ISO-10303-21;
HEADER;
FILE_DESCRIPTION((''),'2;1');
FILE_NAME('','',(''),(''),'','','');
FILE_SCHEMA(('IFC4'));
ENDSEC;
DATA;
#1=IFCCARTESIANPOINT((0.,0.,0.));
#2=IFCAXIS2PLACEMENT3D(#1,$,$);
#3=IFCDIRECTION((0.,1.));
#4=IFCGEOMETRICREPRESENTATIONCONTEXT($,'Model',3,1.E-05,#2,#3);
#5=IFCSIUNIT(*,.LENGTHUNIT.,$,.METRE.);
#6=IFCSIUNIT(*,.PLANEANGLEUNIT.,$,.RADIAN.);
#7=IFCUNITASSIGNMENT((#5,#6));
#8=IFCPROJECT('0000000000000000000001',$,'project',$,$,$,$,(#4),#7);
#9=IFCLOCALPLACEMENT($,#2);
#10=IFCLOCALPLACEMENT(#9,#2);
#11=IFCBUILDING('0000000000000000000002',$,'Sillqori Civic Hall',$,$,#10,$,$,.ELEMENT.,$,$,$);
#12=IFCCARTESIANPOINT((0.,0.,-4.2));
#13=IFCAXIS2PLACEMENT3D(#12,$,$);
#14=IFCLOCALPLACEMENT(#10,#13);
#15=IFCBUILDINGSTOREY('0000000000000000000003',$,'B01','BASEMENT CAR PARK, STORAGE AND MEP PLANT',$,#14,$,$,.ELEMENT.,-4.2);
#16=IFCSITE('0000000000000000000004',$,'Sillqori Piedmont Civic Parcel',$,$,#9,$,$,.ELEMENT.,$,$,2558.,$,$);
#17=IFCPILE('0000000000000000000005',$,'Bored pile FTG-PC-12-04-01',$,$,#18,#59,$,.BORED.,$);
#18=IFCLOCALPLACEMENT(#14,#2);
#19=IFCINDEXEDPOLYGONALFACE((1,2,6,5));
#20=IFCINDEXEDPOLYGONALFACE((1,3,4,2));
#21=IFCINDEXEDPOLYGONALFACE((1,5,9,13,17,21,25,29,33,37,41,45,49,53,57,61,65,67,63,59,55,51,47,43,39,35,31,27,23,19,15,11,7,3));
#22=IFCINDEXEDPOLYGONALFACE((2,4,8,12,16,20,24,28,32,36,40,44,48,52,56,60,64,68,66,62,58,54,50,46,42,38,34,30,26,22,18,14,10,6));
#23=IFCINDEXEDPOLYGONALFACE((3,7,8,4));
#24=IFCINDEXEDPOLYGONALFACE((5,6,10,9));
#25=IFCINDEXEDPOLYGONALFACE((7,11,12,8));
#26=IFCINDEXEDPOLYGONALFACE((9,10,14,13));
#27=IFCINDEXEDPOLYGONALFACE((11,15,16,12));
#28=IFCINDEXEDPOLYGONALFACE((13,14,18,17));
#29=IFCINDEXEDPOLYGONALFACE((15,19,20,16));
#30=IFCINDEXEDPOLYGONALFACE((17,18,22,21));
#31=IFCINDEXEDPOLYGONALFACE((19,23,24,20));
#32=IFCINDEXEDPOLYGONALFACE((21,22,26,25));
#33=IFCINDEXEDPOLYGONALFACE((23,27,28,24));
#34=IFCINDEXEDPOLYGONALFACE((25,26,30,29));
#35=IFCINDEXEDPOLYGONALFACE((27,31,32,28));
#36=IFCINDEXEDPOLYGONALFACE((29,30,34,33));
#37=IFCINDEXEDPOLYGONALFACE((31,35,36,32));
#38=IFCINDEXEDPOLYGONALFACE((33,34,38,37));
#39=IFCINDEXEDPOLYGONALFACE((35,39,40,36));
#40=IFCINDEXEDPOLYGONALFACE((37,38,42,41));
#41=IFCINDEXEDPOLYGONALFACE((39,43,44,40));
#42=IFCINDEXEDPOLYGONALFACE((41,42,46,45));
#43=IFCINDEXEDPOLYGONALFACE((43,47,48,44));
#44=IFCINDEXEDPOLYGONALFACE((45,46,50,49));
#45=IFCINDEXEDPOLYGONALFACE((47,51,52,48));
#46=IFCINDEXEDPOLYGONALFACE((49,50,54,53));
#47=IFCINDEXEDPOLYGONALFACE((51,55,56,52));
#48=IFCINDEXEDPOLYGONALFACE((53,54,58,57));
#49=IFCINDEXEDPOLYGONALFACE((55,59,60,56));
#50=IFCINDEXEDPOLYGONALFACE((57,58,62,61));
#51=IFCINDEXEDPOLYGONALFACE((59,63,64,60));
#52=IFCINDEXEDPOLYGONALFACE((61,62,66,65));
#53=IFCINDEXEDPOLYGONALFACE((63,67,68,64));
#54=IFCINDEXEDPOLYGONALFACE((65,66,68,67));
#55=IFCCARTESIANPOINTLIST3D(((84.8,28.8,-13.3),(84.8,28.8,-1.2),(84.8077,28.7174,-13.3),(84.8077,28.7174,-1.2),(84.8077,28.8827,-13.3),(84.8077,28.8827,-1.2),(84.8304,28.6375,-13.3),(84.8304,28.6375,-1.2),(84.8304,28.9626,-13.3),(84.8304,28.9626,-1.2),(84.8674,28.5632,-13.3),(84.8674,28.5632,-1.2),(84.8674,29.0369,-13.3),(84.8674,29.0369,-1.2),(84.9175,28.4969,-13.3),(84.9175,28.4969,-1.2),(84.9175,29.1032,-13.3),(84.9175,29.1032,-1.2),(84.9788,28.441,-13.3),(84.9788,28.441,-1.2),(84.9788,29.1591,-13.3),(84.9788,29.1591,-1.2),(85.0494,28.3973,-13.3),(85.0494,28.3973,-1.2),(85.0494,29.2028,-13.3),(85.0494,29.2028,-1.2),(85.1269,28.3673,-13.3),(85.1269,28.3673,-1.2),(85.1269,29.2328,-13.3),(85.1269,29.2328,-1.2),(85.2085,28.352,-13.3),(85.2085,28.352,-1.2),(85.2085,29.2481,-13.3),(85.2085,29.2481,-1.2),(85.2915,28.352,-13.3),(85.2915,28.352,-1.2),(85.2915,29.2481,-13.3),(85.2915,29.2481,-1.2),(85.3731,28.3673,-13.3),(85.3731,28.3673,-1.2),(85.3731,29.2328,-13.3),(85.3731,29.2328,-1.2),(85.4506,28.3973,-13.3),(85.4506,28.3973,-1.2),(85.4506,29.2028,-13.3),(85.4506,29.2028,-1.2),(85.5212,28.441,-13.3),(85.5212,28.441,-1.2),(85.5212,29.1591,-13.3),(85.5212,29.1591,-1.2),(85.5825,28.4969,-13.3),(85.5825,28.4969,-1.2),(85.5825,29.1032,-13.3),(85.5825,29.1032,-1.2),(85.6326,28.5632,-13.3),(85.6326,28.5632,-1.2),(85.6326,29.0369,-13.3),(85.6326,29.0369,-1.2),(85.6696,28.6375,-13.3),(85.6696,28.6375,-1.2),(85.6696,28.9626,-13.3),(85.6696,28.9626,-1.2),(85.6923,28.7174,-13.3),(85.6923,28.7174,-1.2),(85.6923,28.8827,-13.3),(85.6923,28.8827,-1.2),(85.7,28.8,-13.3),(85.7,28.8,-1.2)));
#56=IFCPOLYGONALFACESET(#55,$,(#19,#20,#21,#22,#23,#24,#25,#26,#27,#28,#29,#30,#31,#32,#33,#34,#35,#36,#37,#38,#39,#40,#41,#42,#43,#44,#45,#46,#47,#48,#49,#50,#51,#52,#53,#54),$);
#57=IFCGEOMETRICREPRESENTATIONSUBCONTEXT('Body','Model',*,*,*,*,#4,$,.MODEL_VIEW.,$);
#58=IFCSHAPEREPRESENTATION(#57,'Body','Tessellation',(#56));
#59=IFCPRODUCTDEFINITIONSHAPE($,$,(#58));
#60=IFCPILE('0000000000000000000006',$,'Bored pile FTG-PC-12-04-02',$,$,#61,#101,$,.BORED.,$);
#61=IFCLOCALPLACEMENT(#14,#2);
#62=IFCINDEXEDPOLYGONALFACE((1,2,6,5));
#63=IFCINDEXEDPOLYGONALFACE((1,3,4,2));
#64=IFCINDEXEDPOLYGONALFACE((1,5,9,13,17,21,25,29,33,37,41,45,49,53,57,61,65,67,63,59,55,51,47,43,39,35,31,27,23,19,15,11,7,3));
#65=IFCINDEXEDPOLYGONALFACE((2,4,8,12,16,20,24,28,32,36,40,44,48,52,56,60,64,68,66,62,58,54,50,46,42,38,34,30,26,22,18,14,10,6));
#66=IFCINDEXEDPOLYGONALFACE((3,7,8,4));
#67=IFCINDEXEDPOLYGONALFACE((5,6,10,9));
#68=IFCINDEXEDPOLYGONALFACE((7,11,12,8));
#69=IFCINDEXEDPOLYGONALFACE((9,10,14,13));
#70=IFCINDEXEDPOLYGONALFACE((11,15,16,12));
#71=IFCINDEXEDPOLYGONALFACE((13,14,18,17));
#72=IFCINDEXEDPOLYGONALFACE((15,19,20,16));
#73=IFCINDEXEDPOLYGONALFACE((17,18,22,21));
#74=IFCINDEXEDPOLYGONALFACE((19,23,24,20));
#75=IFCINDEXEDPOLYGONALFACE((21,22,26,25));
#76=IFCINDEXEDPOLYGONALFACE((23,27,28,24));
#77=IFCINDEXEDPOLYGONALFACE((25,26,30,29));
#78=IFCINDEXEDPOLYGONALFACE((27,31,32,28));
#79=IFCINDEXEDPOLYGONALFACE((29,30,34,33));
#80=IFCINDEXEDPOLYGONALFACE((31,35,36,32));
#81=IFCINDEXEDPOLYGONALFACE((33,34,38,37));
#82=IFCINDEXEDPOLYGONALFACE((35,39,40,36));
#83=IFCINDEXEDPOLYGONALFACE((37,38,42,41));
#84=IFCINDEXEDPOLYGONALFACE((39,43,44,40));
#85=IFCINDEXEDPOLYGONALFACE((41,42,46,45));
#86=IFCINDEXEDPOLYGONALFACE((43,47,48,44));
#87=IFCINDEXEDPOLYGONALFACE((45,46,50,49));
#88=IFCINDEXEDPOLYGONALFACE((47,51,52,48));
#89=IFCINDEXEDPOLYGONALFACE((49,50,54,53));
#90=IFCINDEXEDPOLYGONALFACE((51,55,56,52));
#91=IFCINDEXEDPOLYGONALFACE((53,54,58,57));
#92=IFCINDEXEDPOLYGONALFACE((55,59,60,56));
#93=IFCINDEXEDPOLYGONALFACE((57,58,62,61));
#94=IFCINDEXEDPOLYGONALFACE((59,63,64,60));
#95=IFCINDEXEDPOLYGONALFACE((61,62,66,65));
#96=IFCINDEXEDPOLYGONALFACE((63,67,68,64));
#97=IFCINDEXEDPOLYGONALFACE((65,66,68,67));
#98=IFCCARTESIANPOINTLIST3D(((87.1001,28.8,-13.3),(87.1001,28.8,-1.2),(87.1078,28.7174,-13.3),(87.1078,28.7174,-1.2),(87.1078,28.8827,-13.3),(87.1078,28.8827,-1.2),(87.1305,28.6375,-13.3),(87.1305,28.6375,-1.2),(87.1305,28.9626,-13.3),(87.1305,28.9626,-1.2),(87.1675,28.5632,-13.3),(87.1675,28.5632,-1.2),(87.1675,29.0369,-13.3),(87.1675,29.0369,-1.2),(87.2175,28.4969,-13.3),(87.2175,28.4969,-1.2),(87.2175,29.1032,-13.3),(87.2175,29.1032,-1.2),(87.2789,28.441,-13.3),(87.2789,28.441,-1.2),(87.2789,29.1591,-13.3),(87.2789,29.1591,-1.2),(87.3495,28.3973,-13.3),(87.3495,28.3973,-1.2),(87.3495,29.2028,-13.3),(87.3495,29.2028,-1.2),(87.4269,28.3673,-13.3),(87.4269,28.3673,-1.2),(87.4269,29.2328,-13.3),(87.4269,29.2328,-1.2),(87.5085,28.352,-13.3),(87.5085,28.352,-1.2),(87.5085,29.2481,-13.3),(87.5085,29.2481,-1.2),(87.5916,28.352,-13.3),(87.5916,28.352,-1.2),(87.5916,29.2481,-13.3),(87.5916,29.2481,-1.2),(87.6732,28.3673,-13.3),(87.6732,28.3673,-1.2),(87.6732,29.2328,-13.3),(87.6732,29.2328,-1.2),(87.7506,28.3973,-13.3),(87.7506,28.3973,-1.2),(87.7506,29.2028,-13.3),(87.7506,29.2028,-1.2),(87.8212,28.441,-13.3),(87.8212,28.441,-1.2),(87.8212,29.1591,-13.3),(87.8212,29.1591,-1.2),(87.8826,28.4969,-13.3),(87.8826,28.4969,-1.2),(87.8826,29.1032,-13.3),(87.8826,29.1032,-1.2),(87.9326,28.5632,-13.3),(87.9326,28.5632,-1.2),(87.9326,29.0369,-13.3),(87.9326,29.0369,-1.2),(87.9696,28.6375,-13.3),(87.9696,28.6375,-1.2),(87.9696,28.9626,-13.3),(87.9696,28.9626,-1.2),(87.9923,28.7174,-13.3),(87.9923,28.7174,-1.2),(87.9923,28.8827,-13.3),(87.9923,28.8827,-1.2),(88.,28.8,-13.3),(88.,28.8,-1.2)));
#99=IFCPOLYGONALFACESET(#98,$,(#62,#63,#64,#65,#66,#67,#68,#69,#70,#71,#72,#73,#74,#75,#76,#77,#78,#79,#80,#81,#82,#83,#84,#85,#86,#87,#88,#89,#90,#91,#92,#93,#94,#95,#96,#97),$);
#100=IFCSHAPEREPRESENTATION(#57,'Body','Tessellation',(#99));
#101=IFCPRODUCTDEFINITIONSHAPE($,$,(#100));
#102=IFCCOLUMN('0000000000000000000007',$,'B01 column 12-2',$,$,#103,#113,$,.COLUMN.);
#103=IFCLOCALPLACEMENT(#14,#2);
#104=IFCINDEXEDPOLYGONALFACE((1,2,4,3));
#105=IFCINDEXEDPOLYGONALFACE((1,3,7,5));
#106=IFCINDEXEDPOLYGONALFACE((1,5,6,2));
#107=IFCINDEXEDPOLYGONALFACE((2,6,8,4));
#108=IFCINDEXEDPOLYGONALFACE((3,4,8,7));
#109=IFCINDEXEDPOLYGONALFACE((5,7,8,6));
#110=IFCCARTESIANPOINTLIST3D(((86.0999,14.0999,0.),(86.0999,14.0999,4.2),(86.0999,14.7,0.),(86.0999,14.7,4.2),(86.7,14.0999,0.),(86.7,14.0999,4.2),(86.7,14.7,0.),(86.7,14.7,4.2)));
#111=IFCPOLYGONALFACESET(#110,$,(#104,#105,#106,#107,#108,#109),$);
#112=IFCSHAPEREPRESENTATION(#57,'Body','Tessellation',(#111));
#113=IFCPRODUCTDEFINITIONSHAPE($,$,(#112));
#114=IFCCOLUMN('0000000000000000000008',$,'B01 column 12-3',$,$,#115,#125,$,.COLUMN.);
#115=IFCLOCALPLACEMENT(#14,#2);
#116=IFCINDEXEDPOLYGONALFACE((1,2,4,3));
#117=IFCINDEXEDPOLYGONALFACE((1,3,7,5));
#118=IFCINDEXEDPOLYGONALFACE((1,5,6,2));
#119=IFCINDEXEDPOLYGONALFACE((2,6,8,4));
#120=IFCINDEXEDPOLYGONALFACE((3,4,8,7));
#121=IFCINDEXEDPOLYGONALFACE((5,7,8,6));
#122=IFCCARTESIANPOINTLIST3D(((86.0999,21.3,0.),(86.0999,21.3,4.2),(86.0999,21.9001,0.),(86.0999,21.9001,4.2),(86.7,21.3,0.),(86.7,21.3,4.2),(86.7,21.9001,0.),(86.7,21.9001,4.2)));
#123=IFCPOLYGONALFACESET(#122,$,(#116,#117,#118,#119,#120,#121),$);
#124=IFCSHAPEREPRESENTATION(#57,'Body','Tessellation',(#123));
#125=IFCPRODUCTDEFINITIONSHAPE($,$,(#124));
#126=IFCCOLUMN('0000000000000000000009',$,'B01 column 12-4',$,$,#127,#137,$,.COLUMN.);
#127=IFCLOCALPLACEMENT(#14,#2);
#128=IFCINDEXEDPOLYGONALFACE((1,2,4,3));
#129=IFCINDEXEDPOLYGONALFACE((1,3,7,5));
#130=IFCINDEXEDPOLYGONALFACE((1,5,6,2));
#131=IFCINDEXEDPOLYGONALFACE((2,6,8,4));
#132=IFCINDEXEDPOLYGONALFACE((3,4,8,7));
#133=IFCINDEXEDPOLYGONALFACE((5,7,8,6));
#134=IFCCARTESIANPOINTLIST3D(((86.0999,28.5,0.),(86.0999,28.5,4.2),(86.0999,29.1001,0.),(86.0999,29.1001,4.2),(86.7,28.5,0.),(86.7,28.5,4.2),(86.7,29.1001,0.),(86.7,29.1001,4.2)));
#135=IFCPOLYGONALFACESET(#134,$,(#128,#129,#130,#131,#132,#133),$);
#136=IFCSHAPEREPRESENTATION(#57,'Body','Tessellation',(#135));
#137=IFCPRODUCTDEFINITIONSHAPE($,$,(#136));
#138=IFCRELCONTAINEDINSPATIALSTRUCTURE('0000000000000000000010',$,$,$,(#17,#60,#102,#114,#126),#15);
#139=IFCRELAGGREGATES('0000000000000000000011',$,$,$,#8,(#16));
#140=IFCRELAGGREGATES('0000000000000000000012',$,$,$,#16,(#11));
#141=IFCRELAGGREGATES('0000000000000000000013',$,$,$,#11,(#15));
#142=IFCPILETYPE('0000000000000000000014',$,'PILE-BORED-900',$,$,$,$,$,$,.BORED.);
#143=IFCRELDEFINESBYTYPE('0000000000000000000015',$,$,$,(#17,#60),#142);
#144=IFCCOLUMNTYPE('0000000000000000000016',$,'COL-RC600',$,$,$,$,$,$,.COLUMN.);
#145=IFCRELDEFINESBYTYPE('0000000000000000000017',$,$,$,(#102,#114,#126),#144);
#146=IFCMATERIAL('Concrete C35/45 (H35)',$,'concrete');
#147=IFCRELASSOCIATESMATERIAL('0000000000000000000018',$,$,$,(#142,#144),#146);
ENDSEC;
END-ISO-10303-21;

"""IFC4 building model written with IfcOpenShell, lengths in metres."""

from ifc_helpers import new_model, si_unit, direction, frame, origin, origin_2d, place, context, subcontext, project, spatial, rectangle, circle, extrude, material, material_profile, profile_set, type_object, element, save


model = new_model("IFC4")

# Units and contexts
model_context = context("Model", 3, precision=1e-05, world=origin(), true_north=direction((0.0, 1.0)))
body_context = subcontext(model_context, "Body", "Model", "MODEL_VIEW")
ifc_project = project(units=[si_unit("LENGTHUNIT", "METRE"), si_unit("PLANEANGLEUNIT", "RADIAN")], contexts=[model_context])

# Site, building, storey
site_placement = place(None, origin())
site = spatial("IfcSite", under=ifc_project, at=site_placement, Name="Sillqori Piedmont Civic Parcel", CompositionType="ELEMENT", RefElevation=2558.0)
building_placement = place(site_placement, origin())
building = spatial("IfcBuilding", under=site, at=building_placement, Name="Sillqori Civic Hall", CompositionType="ELEMENT")
storey_placement = place(building_placement, frame((0.0, 0.0, -4.2)))
storey = spatial("IfcBuildingStorey", under=building, at=storey_placement, Name="B01", Description="BASEMENT CAR PARK, STORAGE AND MEP PLANT", CompositionType="ELEMENT", Elevation=-4.2)

# Shared definitions
ifc_material = material(Name="Concrete C35/45 (H35)", Category="concrete")

# Piles
ifc_material_profile_1 = material_profile(ifc_material, circle(Radius=0.45, at=origin_2d()), Name="BORED PILE 900")
ifc_profile_set_1 = profile_set([ifc_material_profile_1], Name="Concrete C35/45 (H35)")
pile_type = type_object("IfcPileType", Name="PILE-BORED-900", PredefinedType="BORED", material=ifc_profile_set_1)
for number, where, z_axis, x_axis, name in (
    (1, (85.25, 28.8, -1.2), (0.0, 0.0, -1.0), (1.0, 0.0, 0.0), "Bored pile FTG-PC-12-04-01"),
    (2, (87.55, 28.8, -1.2), (0.0, 0.0, -1.0), (1.0, 0.0, 0.0), "Bored pile FTG-PC-12-04-02"),
):
    element("IfcPile", number, at=place(storey_placement, frame(where, z_axis=z_axis, x_axis=x_axis)), inside=storey, type_object=pile_type, Name=name, PredefinedType="BORED", context=body_context, shape_type="SweptSolid", body=[
        extrude(circle(Radius=0.45, at=origin_2d()), origin(), (0.0, 0.0, 1.0), 12.1001),
    ])

# Columns
ifc_material_profile_2 = material_profile(ifc_material, rectangle(XDim=0.6001, YDim=0.6001, at=origin_2d()), Name="RC 600x600")
ifc_profile_set_2 = profile_set([ifc_material_profile_2], Name="Concrete C35/45 (H35)")
column_type = type_object("IfcColumnType", Name="COL-RC600", PredefinedType="COLUMN", material=ifc_profile_set_2)
for number, where, z_axis, x_axis, name in (
    (3, (86.3999, 14.3999, 0.0), (0.0, 0.0, 1.0), (1.0, 0.0, 0.0), "B01 column 12-2"),
    (4, (86.3999, 21.6001, 0.0), (0.0, 0.0, 1.0), (1.0, 0.0, 0.0), "B01 column 12-3"),
    (5, (86.3999, 28.8, 0.0), (0.0, 0.0, 1.0), (1.0, 0.0, 0.0), "B01 column 12-4"),
):
    element("IfcColumn", number, at=place(storey_placement, frame(where, z_axis=z_axis, x_axis=x_axis)), inside=storey, type_object=column_type, Name=name, PredefinedType="COLUMN", context=body_context, shape_type="SweptSolid", body=[
        extrude(rectangle(XDim=0.6001, YDim=0.6001, at=origin_2d()), origin(), (0.0, 0.0, 1.0), 4.2),
    ])

save(model, "model.ifc")
